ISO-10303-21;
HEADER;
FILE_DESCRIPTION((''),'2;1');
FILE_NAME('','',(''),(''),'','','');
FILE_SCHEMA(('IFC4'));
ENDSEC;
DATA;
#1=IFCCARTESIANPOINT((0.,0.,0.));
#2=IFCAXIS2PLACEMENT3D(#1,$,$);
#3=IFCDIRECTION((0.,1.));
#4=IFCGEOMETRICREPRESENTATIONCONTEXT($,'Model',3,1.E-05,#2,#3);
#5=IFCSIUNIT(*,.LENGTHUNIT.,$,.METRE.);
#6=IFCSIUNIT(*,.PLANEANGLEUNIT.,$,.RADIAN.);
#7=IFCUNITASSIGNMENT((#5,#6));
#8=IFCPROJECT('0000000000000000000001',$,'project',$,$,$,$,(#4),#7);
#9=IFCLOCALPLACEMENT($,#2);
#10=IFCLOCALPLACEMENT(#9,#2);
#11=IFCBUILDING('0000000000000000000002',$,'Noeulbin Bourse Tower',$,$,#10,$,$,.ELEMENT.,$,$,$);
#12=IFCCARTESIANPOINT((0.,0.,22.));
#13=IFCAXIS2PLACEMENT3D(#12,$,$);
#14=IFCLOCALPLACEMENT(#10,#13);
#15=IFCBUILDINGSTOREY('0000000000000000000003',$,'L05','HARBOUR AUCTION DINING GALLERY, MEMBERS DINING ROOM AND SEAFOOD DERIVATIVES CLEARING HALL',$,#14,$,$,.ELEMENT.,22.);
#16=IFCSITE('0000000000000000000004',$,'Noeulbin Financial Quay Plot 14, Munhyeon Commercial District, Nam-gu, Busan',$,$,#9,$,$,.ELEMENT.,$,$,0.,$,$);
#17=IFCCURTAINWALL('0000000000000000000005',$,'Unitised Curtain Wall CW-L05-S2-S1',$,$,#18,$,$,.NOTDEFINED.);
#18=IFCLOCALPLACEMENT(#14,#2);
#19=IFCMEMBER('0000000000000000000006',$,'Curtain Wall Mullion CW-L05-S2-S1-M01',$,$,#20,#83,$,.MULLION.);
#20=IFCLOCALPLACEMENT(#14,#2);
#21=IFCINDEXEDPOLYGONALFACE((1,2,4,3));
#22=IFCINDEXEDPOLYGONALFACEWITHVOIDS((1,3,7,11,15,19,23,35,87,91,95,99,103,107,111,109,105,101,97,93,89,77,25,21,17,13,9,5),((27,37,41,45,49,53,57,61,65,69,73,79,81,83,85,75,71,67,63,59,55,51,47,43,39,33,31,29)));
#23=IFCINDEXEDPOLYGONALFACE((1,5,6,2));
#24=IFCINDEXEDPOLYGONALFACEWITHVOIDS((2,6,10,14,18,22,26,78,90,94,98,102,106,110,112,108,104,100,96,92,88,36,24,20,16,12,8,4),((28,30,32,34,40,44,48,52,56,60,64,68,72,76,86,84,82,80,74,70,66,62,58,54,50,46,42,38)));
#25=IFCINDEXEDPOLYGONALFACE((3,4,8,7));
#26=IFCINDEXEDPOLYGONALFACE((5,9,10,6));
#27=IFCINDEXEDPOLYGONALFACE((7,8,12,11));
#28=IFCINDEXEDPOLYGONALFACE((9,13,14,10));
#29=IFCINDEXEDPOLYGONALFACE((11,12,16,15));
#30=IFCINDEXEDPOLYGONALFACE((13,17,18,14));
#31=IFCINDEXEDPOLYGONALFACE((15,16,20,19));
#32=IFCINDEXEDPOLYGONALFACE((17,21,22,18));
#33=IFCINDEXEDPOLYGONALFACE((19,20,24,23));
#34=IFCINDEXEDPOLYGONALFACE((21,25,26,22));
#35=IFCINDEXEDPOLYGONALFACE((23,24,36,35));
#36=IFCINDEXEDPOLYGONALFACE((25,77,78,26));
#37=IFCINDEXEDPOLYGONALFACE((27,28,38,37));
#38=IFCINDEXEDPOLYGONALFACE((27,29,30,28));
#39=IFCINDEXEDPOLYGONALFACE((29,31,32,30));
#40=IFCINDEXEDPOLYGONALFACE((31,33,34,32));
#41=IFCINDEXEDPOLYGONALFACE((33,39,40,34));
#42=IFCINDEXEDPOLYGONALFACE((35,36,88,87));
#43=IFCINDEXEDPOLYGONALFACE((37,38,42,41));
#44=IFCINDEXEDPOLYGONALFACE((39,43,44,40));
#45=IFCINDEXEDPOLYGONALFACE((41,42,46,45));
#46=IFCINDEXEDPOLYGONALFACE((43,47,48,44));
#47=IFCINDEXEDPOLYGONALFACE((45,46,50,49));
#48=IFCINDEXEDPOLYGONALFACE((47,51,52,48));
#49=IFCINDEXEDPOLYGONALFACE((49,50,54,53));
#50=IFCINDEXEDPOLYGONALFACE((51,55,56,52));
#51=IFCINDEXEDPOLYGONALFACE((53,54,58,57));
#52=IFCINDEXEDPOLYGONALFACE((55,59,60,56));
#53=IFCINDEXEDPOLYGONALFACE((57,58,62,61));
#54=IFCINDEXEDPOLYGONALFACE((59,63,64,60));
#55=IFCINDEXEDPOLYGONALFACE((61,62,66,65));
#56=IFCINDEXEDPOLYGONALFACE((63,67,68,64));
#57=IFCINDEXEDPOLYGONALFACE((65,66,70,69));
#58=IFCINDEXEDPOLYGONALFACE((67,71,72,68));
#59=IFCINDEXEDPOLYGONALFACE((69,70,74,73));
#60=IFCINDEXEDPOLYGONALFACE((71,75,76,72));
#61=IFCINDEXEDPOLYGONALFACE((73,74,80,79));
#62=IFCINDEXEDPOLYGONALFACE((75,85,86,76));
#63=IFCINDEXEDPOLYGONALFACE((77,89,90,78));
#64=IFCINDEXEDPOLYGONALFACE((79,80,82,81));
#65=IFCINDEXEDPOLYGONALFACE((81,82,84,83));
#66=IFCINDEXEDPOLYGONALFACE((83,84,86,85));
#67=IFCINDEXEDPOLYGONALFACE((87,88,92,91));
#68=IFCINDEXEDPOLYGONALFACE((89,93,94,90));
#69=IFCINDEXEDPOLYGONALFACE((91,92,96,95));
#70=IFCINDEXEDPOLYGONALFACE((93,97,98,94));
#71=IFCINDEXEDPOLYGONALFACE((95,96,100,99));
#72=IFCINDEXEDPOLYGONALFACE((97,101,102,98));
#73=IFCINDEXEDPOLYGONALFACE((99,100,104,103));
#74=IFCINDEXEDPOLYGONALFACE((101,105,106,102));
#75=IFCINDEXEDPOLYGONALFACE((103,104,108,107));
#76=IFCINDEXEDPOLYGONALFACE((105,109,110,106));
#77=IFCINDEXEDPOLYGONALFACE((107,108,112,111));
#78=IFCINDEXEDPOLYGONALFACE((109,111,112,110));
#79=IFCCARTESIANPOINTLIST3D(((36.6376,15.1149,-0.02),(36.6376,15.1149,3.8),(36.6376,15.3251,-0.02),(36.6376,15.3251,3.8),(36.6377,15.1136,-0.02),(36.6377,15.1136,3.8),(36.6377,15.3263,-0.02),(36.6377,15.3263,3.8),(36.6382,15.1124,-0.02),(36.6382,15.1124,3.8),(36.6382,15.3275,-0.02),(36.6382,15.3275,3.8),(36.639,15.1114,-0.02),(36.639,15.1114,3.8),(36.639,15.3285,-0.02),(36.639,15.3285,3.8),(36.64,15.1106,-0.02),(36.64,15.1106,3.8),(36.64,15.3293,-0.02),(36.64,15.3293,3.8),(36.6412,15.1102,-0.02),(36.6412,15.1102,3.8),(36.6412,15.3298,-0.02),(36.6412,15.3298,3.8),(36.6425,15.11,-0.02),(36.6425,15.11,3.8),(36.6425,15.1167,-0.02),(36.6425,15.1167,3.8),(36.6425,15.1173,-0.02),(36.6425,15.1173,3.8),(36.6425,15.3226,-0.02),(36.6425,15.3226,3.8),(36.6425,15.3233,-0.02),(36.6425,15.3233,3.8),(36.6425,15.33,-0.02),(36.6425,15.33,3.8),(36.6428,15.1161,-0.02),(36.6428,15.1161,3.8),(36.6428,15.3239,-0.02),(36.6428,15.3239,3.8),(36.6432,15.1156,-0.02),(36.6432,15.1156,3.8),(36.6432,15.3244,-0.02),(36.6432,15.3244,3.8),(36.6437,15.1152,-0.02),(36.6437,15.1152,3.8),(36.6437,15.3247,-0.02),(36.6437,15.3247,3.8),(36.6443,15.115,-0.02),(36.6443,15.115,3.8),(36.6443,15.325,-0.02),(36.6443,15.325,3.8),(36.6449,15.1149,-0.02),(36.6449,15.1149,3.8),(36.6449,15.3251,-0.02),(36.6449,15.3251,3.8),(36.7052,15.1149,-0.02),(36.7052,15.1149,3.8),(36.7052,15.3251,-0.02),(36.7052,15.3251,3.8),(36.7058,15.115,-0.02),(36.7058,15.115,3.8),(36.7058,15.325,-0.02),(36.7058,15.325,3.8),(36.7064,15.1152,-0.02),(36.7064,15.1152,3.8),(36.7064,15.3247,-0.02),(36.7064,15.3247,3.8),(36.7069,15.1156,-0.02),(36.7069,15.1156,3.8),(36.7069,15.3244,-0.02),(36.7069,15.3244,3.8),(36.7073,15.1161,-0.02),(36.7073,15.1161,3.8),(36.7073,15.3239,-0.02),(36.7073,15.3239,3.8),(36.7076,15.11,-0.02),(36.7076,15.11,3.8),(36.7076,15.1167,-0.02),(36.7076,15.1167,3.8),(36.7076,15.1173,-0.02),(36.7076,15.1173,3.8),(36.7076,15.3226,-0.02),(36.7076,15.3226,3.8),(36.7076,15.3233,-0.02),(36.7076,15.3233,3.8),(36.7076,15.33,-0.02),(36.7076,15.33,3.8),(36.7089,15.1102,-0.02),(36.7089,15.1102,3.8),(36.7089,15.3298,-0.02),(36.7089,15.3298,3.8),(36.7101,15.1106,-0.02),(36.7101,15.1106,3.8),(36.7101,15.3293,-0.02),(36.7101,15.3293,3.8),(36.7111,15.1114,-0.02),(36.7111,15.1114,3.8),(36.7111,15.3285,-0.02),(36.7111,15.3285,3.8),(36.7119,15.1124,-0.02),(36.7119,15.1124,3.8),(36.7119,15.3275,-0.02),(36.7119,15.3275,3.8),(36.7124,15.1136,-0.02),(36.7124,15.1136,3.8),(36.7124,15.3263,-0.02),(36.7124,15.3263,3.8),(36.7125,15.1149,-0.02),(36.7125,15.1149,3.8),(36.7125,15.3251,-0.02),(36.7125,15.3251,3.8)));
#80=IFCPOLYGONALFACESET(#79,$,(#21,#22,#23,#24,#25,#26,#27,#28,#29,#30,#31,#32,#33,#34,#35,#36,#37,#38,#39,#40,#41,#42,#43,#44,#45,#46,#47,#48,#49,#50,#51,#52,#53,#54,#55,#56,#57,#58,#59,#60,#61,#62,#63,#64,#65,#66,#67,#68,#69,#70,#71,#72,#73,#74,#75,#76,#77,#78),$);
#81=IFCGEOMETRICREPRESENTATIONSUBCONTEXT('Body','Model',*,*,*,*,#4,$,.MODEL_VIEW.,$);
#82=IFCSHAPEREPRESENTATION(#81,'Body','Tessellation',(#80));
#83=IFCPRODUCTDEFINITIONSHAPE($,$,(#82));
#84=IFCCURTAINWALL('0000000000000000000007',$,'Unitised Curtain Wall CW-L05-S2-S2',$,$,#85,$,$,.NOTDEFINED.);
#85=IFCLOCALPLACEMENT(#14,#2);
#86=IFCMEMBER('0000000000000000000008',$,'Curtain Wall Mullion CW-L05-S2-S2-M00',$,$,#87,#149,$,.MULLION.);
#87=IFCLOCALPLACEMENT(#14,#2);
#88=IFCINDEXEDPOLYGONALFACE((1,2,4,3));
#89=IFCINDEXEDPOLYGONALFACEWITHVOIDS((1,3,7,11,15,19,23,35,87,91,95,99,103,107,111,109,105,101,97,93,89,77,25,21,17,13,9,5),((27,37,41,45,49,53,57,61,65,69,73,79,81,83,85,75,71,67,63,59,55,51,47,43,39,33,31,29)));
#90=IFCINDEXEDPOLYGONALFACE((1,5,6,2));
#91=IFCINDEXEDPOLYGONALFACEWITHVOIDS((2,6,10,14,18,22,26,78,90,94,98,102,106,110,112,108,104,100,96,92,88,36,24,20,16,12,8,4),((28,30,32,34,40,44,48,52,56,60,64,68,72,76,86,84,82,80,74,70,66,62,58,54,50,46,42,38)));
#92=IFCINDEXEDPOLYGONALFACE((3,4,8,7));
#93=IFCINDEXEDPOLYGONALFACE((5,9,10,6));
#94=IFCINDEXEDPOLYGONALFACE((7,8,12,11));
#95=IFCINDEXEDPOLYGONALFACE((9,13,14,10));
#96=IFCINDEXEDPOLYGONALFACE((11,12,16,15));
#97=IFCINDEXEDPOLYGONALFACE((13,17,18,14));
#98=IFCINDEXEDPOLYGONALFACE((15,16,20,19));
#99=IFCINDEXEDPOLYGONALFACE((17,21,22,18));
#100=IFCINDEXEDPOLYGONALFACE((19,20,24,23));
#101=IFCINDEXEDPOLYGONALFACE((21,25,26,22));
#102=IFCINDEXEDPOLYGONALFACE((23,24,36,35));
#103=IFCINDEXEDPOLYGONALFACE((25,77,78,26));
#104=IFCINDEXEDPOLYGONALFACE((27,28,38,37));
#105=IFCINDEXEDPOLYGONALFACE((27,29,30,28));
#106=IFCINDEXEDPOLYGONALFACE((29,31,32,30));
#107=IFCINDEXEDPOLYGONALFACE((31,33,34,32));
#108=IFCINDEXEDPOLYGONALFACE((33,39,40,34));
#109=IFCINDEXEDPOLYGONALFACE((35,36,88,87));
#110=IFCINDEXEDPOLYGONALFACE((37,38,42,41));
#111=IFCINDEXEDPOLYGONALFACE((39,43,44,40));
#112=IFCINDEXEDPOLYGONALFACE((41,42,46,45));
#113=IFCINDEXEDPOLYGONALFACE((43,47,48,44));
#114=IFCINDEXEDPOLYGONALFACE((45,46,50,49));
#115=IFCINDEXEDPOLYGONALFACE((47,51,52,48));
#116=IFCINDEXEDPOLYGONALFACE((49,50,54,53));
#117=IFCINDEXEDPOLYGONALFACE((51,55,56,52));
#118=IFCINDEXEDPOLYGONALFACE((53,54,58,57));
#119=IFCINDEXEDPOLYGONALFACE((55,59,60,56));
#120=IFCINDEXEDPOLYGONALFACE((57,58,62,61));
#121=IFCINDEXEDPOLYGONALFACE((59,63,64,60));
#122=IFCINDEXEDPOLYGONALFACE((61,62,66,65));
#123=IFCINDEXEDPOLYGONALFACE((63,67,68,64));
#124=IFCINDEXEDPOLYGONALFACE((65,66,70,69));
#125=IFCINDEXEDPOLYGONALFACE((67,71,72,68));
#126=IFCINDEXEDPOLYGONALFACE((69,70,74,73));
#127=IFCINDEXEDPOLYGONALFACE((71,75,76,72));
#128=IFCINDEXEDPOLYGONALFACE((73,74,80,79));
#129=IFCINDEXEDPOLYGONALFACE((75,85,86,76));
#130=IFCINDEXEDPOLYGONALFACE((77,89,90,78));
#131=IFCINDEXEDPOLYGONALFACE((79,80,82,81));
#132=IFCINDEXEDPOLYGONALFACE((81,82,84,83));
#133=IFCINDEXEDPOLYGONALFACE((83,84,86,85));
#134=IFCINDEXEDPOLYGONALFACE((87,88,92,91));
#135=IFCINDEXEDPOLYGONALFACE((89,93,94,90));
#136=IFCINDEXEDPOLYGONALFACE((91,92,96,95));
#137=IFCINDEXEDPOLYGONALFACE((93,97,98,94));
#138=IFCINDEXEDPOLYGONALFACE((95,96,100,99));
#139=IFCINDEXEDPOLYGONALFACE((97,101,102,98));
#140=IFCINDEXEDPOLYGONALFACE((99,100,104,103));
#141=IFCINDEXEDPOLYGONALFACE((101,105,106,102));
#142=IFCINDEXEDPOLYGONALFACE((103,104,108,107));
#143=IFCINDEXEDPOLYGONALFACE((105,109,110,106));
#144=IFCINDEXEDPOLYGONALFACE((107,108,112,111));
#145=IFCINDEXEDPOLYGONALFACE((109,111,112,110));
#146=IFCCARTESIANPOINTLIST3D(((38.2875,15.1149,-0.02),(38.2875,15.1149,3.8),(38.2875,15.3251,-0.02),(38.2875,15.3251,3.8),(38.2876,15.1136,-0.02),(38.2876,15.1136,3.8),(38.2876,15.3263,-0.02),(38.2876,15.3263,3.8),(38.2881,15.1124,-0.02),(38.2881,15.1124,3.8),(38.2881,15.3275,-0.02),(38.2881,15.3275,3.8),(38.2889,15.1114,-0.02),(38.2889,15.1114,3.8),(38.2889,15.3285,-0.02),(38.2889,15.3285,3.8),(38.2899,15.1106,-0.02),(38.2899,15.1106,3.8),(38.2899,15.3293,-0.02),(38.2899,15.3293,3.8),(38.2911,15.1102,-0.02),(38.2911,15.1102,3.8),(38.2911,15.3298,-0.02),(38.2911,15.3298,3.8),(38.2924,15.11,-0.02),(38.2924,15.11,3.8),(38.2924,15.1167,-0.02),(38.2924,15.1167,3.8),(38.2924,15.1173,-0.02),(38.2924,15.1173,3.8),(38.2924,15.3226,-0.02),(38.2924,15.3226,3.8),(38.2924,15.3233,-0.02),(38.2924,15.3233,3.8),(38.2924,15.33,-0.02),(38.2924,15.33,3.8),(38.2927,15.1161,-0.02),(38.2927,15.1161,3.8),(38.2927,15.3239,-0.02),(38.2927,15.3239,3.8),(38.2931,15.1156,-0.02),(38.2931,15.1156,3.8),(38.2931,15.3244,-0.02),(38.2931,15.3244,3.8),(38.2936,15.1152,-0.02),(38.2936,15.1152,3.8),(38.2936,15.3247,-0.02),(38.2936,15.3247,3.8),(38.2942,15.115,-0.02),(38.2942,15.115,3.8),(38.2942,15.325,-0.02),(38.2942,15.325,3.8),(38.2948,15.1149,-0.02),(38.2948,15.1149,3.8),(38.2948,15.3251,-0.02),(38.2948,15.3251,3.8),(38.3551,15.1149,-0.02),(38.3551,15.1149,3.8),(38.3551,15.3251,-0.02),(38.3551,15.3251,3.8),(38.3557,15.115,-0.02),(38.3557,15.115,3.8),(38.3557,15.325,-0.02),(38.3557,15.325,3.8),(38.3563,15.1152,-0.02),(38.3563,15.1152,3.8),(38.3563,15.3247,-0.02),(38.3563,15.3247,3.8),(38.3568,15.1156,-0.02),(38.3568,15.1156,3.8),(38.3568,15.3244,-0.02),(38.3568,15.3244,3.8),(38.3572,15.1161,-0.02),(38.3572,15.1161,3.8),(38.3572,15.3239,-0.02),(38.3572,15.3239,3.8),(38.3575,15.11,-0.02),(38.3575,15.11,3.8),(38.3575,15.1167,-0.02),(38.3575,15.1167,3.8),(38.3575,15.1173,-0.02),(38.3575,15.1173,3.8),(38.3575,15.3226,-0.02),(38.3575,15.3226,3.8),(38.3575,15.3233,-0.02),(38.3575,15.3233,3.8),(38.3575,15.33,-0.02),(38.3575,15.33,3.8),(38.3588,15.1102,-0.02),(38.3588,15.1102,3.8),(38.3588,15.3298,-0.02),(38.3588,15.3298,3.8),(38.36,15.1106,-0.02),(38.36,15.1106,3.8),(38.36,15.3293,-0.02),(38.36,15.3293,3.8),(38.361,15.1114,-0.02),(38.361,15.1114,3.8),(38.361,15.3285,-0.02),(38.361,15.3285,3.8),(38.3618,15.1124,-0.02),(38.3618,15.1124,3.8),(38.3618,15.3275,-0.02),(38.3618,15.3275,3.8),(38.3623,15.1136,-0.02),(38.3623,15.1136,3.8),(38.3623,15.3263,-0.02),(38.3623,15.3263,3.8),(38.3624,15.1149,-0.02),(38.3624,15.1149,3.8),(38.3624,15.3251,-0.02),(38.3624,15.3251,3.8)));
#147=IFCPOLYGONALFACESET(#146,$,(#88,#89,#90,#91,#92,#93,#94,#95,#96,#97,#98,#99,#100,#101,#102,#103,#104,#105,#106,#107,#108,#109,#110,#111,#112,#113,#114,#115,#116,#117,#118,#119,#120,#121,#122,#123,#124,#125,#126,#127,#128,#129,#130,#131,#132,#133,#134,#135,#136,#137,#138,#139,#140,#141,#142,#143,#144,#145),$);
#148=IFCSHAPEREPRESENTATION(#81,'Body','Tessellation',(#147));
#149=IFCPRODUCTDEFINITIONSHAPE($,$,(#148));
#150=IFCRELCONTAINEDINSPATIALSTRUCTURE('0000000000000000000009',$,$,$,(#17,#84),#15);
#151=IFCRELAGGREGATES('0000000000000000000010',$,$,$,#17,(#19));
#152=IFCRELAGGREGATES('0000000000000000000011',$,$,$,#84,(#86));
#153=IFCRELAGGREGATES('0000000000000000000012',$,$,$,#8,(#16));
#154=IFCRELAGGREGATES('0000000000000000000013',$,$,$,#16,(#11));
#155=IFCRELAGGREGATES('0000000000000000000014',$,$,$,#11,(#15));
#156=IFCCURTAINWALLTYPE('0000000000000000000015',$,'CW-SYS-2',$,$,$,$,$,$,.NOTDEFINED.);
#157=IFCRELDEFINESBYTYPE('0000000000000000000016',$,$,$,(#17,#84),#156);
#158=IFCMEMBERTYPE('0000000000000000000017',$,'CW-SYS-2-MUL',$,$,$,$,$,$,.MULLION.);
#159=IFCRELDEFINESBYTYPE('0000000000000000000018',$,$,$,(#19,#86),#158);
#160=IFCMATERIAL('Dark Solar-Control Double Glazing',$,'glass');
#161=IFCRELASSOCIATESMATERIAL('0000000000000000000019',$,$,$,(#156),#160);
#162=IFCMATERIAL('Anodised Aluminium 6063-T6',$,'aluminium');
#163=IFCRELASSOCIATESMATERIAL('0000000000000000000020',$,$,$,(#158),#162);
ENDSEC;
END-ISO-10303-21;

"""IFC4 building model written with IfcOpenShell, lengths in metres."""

from ifc_helpers import new_model, si_unit, direction, frame, origin, origin_2d, place, context, subcontext, project, spatial, hollow_rectangle, extrude, material, material_profile, profile_set, type_object, element, aggregate, save


model = new_model("IFC4")

# Units and contexts
model_context = context("Model", 3, precision=1e-05, world=origin(), true_north=direction((0.0, 1.0)))
body_context = subcontext(model_context, "Body", "Model", "MODEL_VIEW")
ifc_project = project(units=[si_unit("LENGTHUNIT", "METRE"), si_unit("PLANEANGLEUNIT", "RADIAN")], contexts=[model_context])

# Site, building, storey
site_placement = place(None, origin())
site = spatial("IfcSite", under=ifc_project, at=site_placement, Name="Noeulbin Financial Quay Plot 14, Munhyeon Commercial District, Nam-gu, Busan", CompositionType="ELEMENT", RefElevation=0.0)
building_placement = place(site_placement, origin())
building = spatial("IfcBuilding", under=site, at=building_placement, Name="Noeulbin Bourse Tower", CompositionType="ELEMENT")
storey_placement = place(building_placement, frame((0.0, 0.0, 22.0)))
storey = spatial("IfcBuildingStorey", under=building, at=storey_placement, Name="L05", Description="HARBOUR AUCTION DINING GALLERY, MEMBERS DINING ROOM AND SEAFOOD DERIVATIVES CLEARING HALL", CompositionType="ELEMENT", Elevation=22.0)

# Curtain wall, member
ifc_material_1 = material(Name="Dark Solar-Control Double Glazing", Category="glass")
curtain_wall_type = type_object("IfcCurtainWallType", Name="CW-SYS-2", PredefinedType="NOTDEFINED", material=ifc_material_1)
curtain_wall_1_placement = place(storey_placement, origin())
curtain_wall_1 = element("IfcCurtainWall", 1, at=curtain_wall_1_placement, inside=storey, type_object=curtain_wall_type, Name="Unitised Curtain Wall CW-L05-S2-S1", PredefinedType="NOTDEFINED")
ifc_material_2 = material(Name="Anodised Aluminium 6063-T6", Category="aluminium")
ifc_material_profile_1 = material_profile(ifc_material_2, hollow_rectangle(XDim=0.075, YDim=0.22, WallThickness=0.0049, InnerFilletRadius=0.0024, OuterFilletRadius=0.0049, at=origin_2d()), Name="ALU-MULL-75x220x5", Category="LoadBearing")
ifc_profile_set_1 = profile_set([ifc_material_profile_1], Name="Anodised Aluminium 6063-T6")
member_type_1 = type_object("IfcMemberType", Name="CW-SYS-2-MUL", PredefinedType="MULLION", material=ifc_profile_set_1)
member_1_placement = place(storey_placement, frame((36.675, 15.22, -0.02), z_axis=(0.0, 0.0, 1.0), x_axis=(1.0, 0.0, 0.0)))
member_1 = element("IfcMember", 2, at=member_1_placement, type_object=member_type_1, Name="Curtain Wall Mullion CW-L05-S2-S1-M01", PredefinedType="MULLION", context=body_context, shape_type="SweptSolid", body=[
    extrude(hollow_rectangle(XDim=0.075, YDim=0.22, WallThickness=0.0049, InnerFilletRadius=0.0024, OuterFilletRadius=0.0049, at=origin_2d()), origin(), (0.0, 0.0, 1.0), 3.8201),
])

# Curtain wall, member
curtain_wall_2_placement = place(storey_placement, origin())
curtain_wall_2 = element("IfcCurtainWall", 3, at=curtain_wall_2_placement, inside=storey, type_object=curtain_wall_type, Name="Unitised Curtain Wall CW-L05-S2-S2", PredefinedType="NOTDEFINED")
member_2_placement = place(storey_placement, frame((38.325, 15.22, -0.02), z_axis=(0.0, 0.0, 1.0), x_axis=(1.0, 0.0, 0.0)))
member_2 = element("IfcMember", 4, at=member_2_placement, type_object=member_type_1, Name="Curtain Wall Mullion CW-L05-S2-S2-M00", PredefinedType="MULLION", context=body_context, shape_type="SweptSolid", body=[
    extrude(hollow_rectangle(XDim=0.075, YDim=0.22, WallThickness=0.0049, InnerFilletRadius=0.0024, OuterFilletRadius=0.0049, at=origin_2d()), origin(), (0.0, 0.0, 1.0), 3.8201),
])

aggregate(curtain_wall_1, [member_1])
aggregate(curtain_wall_2, [member_2])

save(model, "model.ifc")
